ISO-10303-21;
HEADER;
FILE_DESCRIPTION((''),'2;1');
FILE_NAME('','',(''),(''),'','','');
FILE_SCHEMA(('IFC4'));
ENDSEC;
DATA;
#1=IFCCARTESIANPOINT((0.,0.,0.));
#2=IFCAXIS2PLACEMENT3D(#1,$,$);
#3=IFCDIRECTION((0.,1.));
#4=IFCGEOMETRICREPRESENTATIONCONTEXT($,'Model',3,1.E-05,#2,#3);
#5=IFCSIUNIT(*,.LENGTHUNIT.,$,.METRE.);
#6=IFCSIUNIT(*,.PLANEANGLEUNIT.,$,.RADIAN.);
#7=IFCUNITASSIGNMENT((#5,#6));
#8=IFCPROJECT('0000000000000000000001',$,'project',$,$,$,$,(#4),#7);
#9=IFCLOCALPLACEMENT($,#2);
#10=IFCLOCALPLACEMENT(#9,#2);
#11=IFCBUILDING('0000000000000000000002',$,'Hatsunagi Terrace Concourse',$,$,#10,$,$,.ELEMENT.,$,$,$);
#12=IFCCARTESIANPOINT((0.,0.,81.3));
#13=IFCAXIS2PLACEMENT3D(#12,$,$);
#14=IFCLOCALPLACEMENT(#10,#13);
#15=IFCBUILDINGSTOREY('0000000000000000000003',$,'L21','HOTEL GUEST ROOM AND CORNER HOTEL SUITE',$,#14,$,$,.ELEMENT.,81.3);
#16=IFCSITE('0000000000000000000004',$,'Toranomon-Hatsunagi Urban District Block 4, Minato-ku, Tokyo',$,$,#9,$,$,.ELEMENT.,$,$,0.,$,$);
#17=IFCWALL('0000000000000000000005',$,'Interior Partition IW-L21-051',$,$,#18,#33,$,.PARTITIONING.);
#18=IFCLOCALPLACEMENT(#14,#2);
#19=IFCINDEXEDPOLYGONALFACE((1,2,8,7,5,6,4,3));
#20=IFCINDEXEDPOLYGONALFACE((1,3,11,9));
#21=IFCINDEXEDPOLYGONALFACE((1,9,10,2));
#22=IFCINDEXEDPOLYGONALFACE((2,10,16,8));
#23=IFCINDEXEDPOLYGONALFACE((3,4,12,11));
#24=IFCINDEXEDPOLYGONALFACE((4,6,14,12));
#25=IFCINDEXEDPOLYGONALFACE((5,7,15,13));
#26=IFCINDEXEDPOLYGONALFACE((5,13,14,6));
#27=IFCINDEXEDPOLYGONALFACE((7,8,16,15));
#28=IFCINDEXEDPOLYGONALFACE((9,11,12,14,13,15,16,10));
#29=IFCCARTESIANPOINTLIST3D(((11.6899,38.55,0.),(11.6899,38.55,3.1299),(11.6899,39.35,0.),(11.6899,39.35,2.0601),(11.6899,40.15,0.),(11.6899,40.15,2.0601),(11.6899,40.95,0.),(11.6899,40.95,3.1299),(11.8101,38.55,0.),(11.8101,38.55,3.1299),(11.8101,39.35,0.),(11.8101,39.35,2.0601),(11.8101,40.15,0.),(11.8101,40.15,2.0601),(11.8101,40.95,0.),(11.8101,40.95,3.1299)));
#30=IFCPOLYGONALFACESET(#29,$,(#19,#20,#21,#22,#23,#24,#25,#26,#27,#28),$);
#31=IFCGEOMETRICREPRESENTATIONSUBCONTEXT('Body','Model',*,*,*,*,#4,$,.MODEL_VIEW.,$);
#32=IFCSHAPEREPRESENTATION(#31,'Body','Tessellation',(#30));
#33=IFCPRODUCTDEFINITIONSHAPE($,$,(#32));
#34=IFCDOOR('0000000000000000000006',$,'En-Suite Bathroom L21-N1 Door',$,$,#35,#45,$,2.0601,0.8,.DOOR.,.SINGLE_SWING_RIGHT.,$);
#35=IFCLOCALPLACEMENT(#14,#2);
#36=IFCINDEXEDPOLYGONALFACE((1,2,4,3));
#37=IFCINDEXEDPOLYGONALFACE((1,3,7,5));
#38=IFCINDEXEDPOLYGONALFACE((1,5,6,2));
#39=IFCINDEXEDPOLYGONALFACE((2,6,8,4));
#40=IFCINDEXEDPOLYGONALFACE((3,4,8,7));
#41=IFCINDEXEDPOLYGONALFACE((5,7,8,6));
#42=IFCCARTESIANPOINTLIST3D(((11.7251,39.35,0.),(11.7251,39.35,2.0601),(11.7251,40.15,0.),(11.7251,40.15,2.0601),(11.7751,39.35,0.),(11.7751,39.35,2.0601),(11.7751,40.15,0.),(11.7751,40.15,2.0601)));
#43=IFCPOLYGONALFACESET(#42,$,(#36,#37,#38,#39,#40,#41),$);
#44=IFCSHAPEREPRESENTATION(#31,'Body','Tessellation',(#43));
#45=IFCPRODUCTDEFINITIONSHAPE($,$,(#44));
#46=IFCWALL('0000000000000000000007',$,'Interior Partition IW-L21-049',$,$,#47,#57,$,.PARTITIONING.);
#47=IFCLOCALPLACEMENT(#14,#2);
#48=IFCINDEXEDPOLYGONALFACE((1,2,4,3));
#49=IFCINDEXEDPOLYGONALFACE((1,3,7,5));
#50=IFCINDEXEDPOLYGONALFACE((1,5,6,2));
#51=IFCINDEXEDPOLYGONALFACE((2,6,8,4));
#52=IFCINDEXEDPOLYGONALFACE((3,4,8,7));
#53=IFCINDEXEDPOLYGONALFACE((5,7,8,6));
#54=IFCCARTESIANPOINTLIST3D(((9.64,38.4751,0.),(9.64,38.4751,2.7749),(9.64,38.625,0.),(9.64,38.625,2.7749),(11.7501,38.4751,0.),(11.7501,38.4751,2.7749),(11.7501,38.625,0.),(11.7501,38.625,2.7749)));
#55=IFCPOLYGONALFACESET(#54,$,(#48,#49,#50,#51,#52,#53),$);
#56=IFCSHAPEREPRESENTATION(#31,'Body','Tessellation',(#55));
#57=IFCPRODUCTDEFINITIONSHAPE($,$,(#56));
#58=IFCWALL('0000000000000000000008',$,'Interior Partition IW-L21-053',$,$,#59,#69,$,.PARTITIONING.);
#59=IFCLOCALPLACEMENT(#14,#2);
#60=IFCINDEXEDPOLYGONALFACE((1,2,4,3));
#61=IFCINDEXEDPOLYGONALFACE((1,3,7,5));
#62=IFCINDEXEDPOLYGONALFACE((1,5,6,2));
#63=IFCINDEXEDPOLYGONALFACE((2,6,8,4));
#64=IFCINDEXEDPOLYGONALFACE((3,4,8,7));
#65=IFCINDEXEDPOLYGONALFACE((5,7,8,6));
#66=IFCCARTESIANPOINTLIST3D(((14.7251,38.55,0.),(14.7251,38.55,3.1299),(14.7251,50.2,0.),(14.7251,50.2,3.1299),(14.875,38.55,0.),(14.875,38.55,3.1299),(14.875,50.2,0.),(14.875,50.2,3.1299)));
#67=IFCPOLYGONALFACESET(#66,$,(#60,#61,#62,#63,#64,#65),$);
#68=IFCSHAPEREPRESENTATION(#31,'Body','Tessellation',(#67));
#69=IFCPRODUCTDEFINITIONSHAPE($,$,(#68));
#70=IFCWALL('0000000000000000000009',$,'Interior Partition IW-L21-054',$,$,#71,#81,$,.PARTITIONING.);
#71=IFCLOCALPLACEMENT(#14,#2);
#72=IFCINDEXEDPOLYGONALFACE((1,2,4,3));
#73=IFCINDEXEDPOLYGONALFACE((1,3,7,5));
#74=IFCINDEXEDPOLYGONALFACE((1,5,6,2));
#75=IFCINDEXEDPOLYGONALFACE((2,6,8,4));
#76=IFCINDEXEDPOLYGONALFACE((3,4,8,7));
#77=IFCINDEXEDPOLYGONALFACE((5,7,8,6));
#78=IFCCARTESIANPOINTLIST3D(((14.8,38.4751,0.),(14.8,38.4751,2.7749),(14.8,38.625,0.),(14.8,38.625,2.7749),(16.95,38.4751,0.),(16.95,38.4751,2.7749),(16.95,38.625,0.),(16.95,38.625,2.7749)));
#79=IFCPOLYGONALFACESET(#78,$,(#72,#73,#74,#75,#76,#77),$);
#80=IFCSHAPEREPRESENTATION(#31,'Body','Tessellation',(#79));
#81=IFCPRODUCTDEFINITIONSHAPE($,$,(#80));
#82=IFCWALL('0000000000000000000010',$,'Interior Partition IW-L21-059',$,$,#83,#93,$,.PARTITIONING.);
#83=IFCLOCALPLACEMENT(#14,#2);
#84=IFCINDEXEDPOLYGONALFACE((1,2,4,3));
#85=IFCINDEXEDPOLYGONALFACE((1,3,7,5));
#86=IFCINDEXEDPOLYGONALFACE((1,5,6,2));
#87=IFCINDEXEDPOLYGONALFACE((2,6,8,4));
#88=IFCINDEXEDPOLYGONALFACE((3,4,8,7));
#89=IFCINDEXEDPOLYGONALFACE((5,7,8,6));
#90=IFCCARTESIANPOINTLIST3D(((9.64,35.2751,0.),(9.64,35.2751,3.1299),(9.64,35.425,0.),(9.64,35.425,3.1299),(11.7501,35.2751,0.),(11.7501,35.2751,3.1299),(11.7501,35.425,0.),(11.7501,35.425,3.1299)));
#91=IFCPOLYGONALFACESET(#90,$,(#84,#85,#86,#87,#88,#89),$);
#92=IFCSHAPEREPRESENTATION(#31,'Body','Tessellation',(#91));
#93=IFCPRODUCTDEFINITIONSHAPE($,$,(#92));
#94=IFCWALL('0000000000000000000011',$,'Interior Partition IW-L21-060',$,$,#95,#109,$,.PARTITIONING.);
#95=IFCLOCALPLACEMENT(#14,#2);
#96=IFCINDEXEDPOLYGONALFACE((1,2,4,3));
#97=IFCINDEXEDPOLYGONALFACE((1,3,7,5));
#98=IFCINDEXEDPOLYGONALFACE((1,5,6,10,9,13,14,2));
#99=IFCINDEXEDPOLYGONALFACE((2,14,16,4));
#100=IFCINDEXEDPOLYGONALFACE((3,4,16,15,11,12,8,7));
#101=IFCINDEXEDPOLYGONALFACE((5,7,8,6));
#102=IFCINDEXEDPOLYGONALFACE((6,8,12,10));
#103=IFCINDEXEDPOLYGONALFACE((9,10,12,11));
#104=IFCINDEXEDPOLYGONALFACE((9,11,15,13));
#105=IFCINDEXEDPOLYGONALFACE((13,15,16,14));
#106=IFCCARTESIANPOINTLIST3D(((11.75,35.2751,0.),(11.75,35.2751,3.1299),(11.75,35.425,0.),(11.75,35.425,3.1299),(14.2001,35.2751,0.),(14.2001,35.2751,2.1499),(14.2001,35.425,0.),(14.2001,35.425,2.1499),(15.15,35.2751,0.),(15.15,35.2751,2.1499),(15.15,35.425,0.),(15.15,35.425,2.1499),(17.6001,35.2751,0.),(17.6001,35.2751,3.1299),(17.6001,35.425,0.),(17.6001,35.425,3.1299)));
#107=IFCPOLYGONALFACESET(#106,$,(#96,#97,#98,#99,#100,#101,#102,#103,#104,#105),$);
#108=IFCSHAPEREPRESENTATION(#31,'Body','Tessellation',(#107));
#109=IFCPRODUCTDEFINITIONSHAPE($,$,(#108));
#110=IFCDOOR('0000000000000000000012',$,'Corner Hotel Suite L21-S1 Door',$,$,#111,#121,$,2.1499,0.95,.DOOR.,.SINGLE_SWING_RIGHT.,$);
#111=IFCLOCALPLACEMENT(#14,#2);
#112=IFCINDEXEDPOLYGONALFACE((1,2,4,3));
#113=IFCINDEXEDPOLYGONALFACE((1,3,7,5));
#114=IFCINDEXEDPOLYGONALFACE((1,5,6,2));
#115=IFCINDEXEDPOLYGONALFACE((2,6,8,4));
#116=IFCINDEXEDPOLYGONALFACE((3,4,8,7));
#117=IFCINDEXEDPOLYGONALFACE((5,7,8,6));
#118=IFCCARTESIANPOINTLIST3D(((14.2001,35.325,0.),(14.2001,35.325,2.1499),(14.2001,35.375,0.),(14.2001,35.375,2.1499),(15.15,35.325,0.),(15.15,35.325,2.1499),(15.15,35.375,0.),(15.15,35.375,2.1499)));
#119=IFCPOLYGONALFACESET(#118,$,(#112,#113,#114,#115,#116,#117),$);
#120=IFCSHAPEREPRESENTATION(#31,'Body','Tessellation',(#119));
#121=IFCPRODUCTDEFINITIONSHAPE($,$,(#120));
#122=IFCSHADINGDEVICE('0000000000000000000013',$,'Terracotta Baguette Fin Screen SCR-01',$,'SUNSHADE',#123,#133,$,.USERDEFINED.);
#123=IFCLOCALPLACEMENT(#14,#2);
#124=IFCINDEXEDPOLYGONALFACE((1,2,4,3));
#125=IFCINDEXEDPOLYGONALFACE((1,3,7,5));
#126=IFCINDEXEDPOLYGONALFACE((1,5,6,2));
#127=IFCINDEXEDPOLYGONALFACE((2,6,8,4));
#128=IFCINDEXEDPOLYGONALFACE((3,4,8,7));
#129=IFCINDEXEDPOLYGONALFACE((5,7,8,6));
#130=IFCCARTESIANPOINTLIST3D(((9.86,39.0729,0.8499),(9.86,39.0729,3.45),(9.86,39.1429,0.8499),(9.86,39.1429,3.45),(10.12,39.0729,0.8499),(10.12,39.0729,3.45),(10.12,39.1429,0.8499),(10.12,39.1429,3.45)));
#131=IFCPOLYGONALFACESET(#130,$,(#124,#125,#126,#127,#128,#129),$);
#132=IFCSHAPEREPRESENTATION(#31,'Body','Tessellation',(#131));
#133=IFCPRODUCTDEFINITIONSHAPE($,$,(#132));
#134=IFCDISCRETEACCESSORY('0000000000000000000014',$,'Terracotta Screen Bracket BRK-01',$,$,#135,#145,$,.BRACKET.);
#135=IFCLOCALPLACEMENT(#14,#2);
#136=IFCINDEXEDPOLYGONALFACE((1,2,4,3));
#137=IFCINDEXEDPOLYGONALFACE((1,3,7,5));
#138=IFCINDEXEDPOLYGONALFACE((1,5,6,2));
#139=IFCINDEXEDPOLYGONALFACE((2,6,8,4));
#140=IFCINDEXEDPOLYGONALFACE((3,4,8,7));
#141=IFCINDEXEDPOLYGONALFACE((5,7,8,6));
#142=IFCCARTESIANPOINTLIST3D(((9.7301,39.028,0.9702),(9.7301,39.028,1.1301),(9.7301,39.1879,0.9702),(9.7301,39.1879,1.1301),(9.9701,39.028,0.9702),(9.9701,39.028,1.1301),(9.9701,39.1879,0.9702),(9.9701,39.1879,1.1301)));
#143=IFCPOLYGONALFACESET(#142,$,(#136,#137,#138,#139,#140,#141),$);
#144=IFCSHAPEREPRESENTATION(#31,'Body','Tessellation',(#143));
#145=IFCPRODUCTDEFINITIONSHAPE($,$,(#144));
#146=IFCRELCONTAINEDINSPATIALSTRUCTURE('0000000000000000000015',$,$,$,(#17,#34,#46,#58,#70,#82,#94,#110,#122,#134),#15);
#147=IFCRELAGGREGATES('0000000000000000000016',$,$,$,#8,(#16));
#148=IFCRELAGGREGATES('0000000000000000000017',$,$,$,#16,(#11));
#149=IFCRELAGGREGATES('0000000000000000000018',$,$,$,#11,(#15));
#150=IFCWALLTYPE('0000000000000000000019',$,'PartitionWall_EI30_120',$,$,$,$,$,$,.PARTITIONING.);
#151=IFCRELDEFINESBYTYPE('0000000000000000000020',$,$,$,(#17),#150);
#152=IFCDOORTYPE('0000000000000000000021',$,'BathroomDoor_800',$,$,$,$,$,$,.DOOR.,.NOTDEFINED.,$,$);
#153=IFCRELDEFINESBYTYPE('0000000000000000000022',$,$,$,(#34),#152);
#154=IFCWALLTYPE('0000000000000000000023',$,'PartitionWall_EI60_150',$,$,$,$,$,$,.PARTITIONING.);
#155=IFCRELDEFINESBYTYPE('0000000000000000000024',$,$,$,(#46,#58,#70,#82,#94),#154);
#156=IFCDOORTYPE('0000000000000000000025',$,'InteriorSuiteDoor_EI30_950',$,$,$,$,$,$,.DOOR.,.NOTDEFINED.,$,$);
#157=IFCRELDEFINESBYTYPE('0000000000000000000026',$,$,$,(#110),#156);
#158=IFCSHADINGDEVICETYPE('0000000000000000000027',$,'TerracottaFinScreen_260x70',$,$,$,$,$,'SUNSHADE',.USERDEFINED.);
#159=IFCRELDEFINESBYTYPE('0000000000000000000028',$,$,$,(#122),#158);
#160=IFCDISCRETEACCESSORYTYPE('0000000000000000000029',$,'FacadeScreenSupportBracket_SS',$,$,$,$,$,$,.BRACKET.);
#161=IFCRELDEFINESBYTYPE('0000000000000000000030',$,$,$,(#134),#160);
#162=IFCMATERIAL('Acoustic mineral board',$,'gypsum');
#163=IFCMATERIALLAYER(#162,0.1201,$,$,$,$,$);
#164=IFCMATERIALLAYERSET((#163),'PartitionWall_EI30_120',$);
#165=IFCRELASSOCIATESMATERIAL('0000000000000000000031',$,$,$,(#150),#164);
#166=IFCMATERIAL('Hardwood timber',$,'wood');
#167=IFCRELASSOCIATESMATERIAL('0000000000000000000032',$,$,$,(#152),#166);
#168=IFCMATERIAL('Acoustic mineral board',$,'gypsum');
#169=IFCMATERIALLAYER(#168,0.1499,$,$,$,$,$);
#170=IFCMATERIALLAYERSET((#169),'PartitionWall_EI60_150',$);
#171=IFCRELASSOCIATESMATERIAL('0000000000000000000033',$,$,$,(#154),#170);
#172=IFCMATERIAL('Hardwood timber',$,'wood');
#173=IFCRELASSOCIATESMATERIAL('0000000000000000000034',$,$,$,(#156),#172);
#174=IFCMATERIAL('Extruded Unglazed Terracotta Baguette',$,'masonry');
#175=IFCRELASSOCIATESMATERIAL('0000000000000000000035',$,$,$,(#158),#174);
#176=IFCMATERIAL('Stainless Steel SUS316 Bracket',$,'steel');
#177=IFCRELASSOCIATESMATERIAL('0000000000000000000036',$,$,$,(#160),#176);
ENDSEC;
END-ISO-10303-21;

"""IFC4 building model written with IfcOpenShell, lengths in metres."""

from ifc_helpers import new_model, si_unit, direction, frame, frame_2d, origin, origin_2d, place, context, subcontext, project, spatial, rectangle, extrude, material, layer, layer_set, type_object, element, fill, save


model = new_model("IFC4")

# Units and contexts
model_context = context("Model", 3, precision=1e-05, world=origin(), true_north=direction((0.0, 1.0)))
body_context = subcontext(model_context, "Body", "Model", "MODEL_VIEW")
ifc_project = project(units=[si_unit("LENGTHUNIT", "METRE"), si_unit("PLANEANGLEUNIT", "RADIAN")], contexts=[model_context])

# Site, building, storey
site_placement = place(None, origin())
site = spatial("IfcSite", under=ifc_project, at=site_placement, Name="Toranomon-Hatsunagi Urban District Block 4, Minato-ku, Tokyo", CompositionType="ELEMENT", RefElevation=0.0)
building_placement = place(site_placement, origin())
building = spatial("IfcBuilding", under=site, at=building_placement, Name="Hatsunagi Terrace Concourse", CompositionType="ELEMENT")
storey_placement = place(building_placement, frame((0.0, 0.0, 81.3)))
storey = spatial("IfcBuildingStorey", under=building, at=storey_placement, Name="L21", Description="HOTEL GUEST ROOM AND CORNER HOTEL SUITE", CompositionType="ELEMENT", Elevation=81.3)

# Wall, opening, door
ifc_material_1 = material(Name="Acoustic mineral board", Category="gypsum")
ifc_layer_1 = layer(ifc_material_1, 0.1201)
ifc_layer_set_1 = layer_set([ifc_layer_1], Name="PartitionWall_EI30_120")
wall_type_1 = type_object("IfcWallType", Name="PartitionWall_EI30_120", PredefinedType="PARTITIONING", material=ifc_layer_set_1)
wall_1_placement = place(storey_placement, frame((11.75, 38.55, 0.0), z_axis=(0.0, 0.0, 1.0), x_axis=(0.0, 1.0, 0.0)))
wall_1 = element("IfcWall", 1, at=wall_1_placement, inside=storey, type_object=wall_type_1, Name="Interior Partition IW-L21-051", PredefinedType="PARTITIONING", context=body_context, shape_type="SweptSolid", body=[
    extrude(rectangle(XDim=2.3999, YDim=0.1201, at=frame_2d((1.2, 0.0))), origin(), (0.0, 0.0, 1.0), 3.1299),
])
opening_1_placement = place(wall_1_placement, frame((0.8, 0.0, 0.0)))
opening_1 = element("IfcOpeningElement", 2, at=opening_1_placement, cuts=wall_1, PredefinedType="OPENING", context=body_context, shape_type="SweptSolid", body=[
    extrude(rectangle(XDim=0.8, YDim=2.0601, at=frame_2d((0.3999, 1.03))), frame((0.0, 0.0701, 0.0), z_axis=(0.0, -1.0, 0.0), x_axis=(1.0, 0.0, 0.0)), (0.0, 0.0, 1.0), 0.1401),
])
ifc_material_2 = material(Name="Hardwood timber", Category="wood")
door_type_1 = type_object("IfcDoorType", Name="BathroomDoor_800", OperationType="NOTDEFINED", PredefinedType="DOOR", material=ifc_material_2)
door_1_placement = place(opening_1_placement, origin())
door_1 = element("IfcDoor", 3, at=door_1_placement, inside=storey, type_object=door_type_1, Name="En-Suite Bathroom L21-N1 Door", OperationType="SINGLE_SWING_RIGHT", OverallHeight=2.0601, OverallWidth=0.8, PredefinedType="DOOR", context=body_context, shape_type="SweptSolid", body=[
    extrude(rectangle(XDim=0.8, YDim=2.0601, at=frame_2d((0.3999, 1.03))), frame((0.0, 0.0249, 0.0), z_axis=(0.0, -1.0, 0.0), x_axis=(1.0, 0.0, 0.0)), (0.0, 0.0, 1.0), 0.05),
])
fill(opening_1, door_1)

# Wall
ifc_material_3 = material(Name="Acoustic mineral board", Category="gypsum")
ifc_layer_2 = layer(ifc_material_3, 0.1499)
ifc_layer_set_2 = layer_set([ifc_layer_2], Name="PartitionWall_EI60_150")
wall_type_2 = type_object("IfcWallType", Name="PartitionWall_EI60_150", PredefinedType="PARTITIONING", material=ifc_layer_set_2)
wall_2_placement = place(storey_placement, frame((9.6399, 38.55, 0.0), z_axis=(0.0, 0.0, 1.0), x_axis=(1.0, 0.0, 0.0)))
element("IfcWall", 4, at=wall_2_placement, inside=storey, type_object=wall_type_2, Name="Interior Partition IW-L21-049", PredefinedType="PARTITIONING", context=body_context, shape_type="SweptSolid", body=[
    extrude(rectangle(XDim=2.1101, YDim=0.1499, at=frame_2d((1.0552, 0.0))), origin(), (0.0, 0.0, 1.0), 2.7749),
])

# Shared definitions
ifc_material_4 = material(Name="Hardwood timber", Category="wood")
door_type_2 = type_object("IfcDoorType", Name="InteriorSuiteDoor_EI30_950", OperationType="NOTDEFINED", PredefinedType="DOOR", material=ifc_material_4)

# Walls
wall_3_placement = place(storey_placement, frame((14.8, 38.55, 0.0), z_axis=(0.0, 0.0, 1.0), x_axis=(0.0, 1.0, 0.0)))
element("IfcWall", 5, at=wall_3_placement, inside=storey, type_object=wall_type_2, Name="Interior Partition IW-L21-053", PredefinedType="PARTITIONING", context=body_context, shape_type="SweptSolid", body=[
    extrude(rectangle(XDim=11.6499, YDim=0.1499, at=frame_2d((5.825, 0.0))), origin(), (0.0, 0.0, 1.0), 3.1299),
])
wall_4_placement = place(storey_placement, frame((14.8, 38.55, 0.0), z_axis=(0.0, 0.0, 1.0), x_axis=(1.0, 0.0, 0.0)))
element("IfcWall", 6, at=wall_4_placement, inside=storey, type_object=wall_type_2, Name="Interior Partition IW-L21-054", PredefinedType="PARTITIONING", context=body_context, shape_type="SweptSolid", body=[
    extrude(rectangle(XDim=2.1499, YDim=0.1499, at=frame_2d((1.075, 0.0))), origin(), (0.0, 0.0, 1.0), 2.7749),
])
wall_5_placement = place(storey_placement, frame((9.6399, 35.3501, 0.0), z_axis=(0.0, 0.0, 1.0), x_axis=(1.0, 0.0, 0.0)))
element("IfcWall", 7, at=wall_5_placement, inside=storey, type_object=wall_type_2, Name="Interior Partition IW-L21-059", PredefinedType="PARTITIONING", context=body_context, shape_type="SweptSolid", body=[
    extrude(rectangle(XDim=2.1101, YDim=0.1499, at=frame_2d((1.0552, 0.0))), origin(), (0.0, 0.0, 1.0), 3.1299),
])

# Wall, opening, door
wall_6_placement = place(storey_placement, frame((11.75, 35.3501, 0.0), z_axis=(0.0, 0.0, 1.0), x_axis=(1.0, 0.0, 0.0)))
wall_6 = element("IfcWall", 8, at=wall_6_placement, inside=storey, type_object=wall_type_2, Name="Interior Partition IW-L21-060", PredefinedType="PARTITIONING", context=body_context, shape_type="SweptSolid", body=[
    extrude(rectangle(XDim=5.8501, YDim=0.1499, at=frame_2d((2.925, 0.0))), origin(), (0.0, 0.0, 1.0), 3.1299),
])
opening_2_placement = place(wall_6_placement, frame((2.45, 0.0, 0.0)))
opening_2 = element("IfcOpeningElement", 9, at=opening_2_placement, cuts=wall_6, PredefinedType="OPENING", context=body_context, shape_type="SweptSolid", body=[
    extrude(rectangle(XDim=0.95, YDim=2.1499, at=frame_2d((0.4751, 1.075))), frame((0.0, 0.085, 0.0), z_axis=(0.0, -1.0, 0.0), x_axis=(1.0, 0.0, 0.0)), (0.0, 0.0, 1.0), 0.1699),
])
door_2_placement = place(opening_2_placement, origin())
door_2 = element("IfcDoor", 10, at=door_2_placement, inside=storey, type_object=door_type_2, Name="Corner Hotel Suite L21-S1 Door", OperationType="SINGLE_SWING_RIGHT", OverallHeight=2.1499, OverallWidth=0.95, PredefinedType="DOOR", context=body_context, shape_type="SweptSolid", body=[
    extrude(rectangle(XDim=0.95, YDim=2.1499, at=frame_2d((0.4751, 1.075))), frame((0.0, 0.0249, 0.0), z_axis=(0.0, -1.0, 0.0), x_axis=(1.0, 0.0, 0.0)), (0.0, 0.0, 1.0), 0.05),
])
fill(opening_2, door_2)

# Shading device
ifc_material_5 = material(Name="Extruded Unglazed Terracotta Baguette", Category="masonry")
shading_device_type = type_object("IfcShadingDeviceType", Name="TerracottaFinScreen_260x70", ElementType="SUNSHADE", PredefinedType="USERDEFINED", material=ifc_material_5)
shading_device_placement = place(storey_placement, frame((9.99, 39.1079, 0.8499), z_axis=(0.0, 0.0, 1.0), x_axis=(0.0, 1.0, 0.0)))
element("IfcShadingDevice", 11, at=shading_device_placement, inside=storey, type_object=shading_device_type, Name="Terracotta Baguette Fin Screen SCR-01", ObjectType="SUNSHADE", PredefinedType="USERDEFINED", context=body_context, shape_type="SweptSolid", body=[
    extrude(rectangle(XDim=0.0701, YDim=0.26, at=origin_2d()), origin(), (0.0, 0.0, 1.0), 2.6001),
])

# Discrete accessory
ifc_material_6 = material(Name="Stainless Steel SUS316 Bracket", Category="steel")
discrete_accessory_type = type_object("IfcDiscreteAccessoryType", Name="FacadeScreenSupportBracket_SS", PredefinedType="BRACKET", material=ifc_material_6)
discrete_accessory_placement = place(storey_placement, frame((9.8501, 39.1079, 0.9702), z_axis=(0.0, 0.0, 1.0), x_axis=(0.0, 1.0, 0.0)))
element("IfcDiscreteAccessory", 12, at=discrete_accessory_placement, inside=storey, type_object=discrete_accessory_type, Name="Terracotta Screen Bracket BRK-01", PredefinedType="BRACKET", context=body_context, shape_type="SweptSolid", body=[
    extrude(rectangle(XDim=0.1599, YDim=0.24, at=origin_2d()), origin(), (0.0, 0.0, 1.0), 0.1599),
])

save(model, "model.ifc")
